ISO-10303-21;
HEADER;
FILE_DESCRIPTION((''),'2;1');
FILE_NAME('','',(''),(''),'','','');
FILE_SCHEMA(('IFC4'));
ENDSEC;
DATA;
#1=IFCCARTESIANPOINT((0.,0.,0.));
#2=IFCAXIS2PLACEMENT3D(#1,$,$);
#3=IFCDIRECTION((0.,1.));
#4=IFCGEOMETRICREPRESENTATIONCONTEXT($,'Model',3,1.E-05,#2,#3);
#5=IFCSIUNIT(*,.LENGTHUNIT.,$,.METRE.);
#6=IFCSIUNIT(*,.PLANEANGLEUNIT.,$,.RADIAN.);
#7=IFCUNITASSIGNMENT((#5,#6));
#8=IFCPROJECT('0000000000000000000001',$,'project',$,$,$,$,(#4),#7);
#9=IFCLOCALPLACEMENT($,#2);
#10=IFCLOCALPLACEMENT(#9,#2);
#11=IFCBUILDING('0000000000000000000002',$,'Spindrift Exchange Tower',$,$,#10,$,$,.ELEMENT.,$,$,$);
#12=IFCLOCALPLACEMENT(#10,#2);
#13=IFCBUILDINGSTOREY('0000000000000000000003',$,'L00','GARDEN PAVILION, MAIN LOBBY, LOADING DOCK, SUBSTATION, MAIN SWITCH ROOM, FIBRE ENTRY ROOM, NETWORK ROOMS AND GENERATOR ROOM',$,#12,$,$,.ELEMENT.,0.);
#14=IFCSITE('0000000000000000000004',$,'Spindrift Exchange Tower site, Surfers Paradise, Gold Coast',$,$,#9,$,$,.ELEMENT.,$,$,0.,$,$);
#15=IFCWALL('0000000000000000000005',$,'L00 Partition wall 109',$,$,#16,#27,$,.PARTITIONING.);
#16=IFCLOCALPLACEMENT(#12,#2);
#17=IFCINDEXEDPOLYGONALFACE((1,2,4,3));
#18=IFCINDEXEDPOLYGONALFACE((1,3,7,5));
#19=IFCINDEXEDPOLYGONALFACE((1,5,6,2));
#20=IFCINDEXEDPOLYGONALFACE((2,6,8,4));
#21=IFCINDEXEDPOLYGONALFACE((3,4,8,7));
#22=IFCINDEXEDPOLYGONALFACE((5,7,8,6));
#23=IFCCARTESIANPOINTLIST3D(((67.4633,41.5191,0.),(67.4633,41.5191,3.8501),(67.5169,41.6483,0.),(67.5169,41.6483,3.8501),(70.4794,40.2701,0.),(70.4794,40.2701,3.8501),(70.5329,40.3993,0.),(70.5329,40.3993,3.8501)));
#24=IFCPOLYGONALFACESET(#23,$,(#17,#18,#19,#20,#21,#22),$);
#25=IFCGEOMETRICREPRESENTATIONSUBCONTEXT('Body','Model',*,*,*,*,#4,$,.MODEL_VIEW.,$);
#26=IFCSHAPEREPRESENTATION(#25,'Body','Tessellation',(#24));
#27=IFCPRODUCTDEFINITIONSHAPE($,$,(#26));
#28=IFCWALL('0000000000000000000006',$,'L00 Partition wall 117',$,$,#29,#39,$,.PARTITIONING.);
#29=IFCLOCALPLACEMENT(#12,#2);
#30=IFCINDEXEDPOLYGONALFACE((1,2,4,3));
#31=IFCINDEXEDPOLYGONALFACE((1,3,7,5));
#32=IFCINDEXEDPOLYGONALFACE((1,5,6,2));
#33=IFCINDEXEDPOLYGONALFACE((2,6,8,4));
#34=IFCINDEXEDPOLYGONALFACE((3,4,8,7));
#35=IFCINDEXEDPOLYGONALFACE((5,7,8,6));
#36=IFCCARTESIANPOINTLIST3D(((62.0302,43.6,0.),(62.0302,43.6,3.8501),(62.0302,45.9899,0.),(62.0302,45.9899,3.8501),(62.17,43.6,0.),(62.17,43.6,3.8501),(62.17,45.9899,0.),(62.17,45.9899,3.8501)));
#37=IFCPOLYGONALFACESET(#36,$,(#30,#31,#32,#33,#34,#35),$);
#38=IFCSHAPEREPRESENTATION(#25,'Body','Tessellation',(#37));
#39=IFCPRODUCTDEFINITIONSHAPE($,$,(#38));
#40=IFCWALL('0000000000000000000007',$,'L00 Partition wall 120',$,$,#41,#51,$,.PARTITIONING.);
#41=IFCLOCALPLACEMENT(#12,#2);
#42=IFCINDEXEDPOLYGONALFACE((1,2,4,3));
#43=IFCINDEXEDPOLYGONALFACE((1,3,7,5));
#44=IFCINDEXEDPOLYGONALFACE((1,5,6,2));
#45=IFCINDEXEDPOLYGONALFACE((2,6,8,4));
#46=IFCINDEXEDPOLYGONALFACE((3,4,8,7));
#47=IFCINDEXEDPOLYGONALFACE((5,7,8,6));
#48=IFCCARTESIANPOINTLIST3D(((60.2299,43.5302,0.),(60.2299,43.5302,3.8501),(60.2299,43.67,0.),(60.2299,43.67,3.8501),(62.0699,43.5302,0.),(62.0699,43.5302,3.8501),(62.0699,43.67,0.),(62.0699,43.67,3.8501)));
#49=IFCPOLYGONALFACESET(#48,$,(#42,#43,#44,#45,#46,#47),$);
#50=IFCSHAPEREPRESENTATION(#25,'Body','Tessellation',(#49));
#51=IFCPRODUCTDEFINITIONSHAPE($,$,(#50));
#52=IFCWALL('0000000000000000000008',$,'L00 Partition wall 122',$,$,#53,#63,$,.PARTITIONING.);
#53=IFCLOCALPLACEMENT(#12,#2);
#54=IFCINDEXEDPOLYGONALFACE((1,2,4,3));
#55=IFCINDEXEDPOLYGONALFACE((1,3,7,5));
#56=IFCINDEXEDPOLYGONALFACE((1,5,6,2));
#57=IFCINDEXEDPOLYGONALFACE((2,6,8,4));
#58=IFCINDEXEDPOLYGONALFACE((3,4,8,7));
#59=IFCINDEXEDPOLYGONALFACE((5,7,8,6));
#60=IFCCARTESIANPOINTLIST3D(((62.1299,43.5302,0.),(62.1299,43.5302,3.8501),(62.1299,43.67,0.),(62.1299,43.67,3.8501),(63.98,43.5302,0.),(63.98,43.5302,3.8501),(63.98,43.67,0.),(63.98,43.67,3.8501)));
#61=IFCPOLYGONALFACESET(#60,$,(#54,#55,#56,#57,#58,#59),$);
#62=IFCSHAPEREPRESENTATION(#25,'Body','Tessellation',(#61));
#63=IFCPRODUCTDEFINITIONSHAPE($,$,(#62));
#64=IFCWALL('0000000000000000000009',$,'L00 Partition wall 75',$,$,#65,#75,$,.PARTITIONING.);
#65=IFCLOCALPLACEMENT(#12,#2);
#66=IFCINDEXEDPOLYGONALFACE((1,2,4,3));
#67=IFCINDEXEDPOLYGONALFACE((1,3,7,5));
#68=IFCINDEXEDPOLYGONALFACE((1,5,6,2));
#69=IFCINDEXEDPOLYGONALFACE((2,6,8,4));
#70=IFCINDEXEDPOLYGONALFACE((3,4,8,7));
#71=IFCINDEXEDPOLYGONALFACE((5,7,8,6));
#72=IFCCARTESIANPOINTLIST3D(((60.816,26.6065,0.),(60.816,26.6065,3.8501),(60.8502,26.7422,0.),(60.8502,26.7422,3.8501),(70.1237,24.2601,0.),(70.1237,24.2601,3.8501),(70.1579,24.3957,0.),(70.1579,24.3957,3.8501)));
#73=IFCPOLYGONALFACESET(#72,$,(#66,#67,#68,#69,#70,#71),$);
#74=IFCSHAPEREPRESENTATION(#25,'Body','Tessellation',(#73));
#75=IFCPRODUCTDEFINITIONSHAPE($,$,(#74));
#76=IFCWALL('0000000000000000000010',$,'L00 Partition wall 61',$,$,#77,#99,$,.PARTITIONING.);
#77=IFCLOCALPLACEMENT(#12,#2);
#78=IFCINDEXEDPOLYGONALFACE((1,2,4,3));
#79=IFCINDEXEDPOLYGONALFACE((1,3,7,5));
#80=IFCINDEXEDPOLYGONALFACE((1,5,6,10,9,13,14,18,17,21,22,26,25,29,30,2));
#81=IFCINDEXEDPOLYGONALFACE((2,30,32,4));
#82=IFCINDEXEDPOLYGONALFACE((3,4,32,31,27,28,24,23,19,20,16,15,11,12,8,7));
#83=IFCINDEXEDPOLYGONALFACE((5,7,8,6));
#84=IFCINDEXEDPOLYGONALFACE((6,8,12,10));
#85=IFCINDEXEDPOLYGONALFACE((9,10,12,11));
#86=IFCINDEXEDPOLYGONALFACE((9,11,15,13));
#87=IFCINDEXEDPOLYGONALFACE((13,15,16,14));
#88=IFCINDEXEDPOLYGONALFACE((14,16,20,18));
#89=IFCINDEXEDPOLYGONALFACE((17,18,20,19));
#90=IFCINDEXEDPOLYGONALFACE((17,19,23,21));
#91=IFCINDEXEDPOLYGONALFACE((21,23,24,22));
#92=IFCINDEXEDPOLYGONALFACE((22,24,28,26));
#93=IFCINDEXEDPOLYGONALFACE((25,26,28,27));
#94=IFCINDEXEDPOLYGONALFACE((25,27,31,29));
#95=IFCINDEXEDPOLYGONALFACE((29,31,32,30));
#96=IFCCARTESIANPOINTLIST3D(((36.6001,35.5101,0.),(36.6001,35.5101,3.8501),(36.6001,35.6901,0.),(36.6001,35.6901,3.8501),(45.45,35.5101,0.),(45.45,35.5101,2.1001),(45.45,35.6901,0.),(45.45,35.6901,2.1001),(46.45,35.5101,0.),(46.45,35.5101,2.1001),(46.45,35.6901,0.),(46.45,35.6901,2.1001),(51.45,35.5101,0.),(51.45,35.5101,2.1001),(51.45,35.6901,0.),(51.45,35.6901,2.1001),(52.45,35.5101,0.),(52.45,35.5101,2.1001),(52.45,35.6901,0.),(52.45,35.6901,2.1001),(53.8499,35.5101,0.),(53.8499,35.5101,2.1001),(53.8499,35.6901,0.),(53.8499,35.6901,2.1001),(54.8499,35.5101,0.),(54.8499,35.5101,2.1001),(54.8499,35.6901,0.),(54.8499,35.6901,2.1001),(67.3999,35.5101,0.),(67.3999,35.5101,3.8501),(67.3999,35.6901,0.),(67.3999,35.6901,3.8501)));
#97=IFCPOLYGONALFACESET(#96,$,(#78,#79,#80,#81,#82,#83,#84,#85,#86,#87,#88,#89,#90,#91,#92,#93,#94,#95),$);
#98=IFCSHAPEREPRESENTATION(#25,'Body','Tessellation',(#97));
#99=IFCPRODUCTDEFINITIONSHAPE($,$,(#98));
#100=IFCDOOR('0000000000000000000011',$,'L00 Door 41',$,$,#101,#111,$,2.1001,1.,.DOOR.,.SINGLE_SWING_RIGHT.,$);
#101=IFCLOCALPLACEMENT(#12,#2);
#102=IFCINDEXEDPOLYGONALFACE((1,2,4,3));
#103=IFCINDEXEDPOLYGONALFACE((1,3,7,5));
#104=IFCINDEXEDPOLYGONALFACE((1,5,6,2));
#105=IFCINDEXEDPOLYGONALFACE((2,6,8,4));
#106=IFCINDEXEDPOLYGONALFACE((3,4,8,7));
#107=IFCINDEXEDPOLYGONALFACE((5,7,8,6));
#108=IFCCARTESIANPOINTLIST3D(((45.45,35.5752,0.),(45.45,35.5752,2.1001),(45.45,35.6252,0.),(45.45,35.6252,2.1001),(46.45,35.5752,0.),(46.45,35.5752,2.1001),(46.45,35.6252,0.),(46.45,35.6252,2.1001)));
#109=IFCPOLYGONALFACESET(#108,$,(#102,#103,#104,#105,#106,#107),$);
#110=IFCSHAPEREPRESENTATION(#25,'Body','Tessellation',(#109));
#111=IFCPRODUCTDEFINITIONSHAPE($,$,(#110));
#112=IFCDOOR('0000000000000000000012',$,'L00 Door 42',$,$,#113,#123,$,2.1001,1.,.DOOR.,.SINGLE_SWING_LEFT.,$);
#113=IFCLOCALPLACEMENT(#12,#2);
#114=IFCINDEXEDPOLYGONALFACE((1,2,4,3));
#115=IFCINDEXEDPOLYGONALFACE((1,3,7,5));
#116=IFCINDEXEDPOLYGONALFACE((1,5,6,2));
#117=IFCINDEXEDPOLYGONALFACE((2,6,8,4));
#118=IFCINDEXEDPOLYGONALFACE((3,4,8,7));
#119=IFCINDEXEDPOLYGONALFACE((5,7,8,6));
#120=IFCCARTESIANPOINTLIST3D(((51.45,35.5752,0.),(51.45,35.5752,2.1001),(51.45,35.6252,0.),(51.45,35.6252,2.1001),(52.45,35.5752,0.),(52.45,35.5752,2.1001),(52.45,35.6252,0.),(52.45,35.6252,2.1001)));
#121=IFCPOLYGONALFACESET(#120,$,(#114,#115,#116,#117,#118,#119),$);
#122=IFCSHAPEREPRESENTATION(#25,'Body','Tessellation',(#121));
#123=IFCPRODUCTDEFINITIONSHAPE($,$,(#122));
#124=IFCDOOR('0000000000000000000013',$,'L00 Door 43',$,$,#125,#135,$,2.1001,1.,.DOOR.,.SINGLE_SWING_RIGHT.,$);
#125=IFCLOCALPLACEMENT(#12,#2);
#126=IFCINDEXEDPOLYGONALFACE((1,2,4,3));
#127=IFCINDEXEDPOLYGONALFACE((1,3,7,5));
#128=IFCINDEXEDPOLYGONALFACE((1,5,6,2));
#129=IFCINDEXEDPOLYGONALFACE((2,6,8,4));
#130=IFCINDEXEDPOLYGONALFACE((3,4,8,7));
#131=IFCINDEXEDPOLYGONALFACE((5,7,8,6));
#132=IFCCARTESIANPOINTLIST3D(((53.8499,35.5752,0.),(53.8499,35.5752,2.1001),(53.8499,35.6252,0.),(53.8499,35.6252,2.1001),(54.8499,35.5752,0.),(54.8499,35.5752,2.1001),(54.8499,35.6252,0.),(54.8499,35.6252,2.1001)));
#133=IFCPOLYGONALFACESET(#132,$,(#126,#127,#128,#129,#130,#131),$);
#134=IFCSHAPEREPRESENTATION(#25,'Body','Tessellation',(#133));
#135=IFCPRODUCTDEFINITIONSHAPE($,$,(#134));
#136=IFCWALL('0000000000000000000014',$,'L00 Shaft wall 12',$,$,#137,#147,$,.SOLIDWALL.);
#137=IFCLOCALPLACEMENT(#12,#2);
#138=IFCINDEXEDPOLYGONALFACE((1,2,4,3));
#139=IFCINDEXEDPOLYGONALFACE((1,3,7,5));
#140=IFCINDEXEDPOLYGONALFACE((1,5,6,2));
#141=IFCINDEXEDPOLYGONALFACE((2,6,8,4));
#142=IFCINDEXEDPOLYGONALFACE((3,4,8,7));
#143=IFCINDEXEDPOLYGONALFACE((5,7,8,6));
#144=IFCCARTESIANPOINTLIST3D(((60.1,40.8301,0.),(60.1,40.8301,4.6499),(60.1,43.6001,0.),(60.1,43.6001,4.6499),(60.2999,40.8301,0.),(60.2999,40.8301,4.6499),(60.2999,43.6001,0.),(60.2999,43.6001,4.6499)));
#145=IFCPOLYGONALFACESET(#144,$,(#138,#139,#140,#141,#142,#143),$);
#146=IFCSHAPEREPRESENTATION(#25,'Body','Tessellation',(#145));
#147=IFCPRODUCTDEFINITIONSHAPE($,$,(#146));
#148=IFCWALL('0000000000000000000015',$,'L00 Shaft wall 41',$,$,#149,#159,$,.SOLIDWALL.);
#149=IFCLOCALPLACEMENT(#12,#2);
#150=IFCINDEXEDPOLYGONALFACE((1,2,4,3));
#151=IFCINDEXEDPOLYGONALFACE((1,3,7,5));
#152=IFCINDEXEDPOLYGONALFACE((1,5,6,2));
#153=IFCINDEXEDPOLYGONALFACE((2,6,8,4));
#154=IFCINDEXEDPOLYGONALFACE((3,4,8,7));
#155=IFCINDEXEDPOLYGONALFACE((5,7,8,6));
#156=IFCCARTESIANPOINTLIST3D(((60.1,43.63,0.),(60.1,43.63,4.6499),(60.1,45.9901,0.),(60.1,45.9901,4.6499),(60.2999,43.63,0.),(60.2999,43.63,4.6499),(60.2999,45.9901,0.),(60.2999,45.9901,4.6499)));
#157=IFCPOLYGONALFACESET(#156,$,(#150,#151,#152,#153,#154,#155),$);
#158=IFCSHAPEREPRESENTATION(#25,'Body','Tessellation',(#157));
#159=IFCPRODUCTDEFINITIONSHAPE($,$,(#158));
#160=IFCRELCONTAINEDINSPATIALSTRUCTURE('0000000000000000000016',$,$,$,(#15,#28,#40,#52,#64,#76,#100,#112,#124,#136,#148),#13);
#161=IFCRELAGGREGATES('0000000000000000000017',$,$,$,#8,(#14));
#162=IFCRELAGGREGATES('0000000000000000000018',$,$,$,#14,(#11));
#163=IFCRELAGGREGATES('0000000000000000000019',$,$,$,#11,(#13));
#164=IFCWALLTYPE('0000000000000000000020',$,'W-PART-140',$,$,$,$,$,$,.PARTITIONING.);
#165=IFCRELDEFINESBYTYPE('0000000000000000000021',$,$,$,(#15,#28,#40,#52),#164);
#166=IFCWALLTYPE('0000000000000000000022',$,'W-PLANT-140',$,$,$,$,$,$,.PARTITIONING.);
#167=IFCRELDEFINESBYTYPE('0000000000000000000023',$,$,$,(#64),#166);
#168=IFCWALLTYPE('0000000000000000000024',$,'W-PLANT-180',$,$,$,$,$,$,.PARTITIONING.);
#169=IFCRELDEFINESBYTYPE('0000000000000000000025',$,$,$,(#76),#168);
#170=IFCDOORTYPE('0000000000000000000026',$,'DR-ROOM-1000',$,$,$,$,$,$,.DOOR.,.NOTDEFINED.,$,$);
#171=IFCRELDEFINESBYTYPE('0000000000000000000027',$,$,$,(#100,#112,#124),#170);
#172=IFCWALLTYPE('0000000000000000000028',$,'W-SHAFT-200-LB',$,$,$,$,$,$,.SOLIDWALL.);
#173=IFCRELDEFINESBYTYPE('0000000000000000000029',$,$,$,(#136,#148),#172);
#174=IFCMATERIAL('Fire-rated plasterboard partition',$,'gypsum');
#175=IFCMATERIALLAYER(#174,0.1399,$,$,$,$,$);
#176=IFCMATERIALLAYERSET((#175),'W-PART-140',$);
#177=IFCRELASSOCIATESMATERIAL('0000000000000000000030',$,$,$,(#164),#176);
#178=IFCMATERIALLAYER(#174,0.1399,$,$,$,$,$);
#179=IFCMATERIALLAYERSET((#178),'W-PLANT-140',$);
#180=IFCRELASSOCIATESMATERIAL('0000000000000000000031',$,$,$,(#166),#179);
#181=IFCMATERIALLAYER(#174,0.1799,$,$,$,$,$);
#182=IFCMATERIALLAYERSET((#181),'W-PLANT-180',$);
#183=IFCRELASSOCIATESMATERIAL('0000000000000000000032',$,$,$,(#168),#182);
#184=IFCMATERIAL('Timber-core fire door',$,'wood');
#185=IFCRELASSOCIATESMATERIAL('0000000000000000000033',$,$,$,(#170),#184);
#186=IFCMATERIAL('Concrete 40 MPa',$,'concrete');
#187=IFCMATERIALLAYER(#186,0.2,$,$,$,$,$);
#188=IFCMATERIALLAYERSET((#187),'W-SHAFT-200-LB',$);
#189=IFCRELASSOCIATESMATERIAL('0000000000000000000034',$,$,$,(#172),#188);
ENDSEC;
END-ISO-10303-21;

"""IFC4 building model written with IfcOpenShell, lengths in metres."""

from ifc_helpers import new_model, si_unit, direction, frame, frame_2d, origin, place, context, subcontext, project, spatial, rectangle, extrude, source, transform, mapped, material, layer, layer_set, type_object, element, fill, save


model = new_model("IFC4")

# Units and contexts
model_context = context("Model", 3, precision=1e-05, world=origin(), true_north=direction((0.0, 1.0)))
body_context = subcontext(model_context, "Body", "Model", "MODEL_VIEW")
ifc_project = project(units=[si_unit("LENGTHUNIT", "METRE"), si_unit("PLANEANGLEUNIT", "RADIAN")], contexts=[model_context])

# Site, building, storey
site_placement = place(None, origin())
site = spatial("IfcSite", under=ifc_project, at=site_placement, Name="Spindrift Exchange Tower site, Surfers Paradise, Gold Coast", CompositionType="ELEMENT", RefElevation=0.0)
building_placement = place(site_placement, origin())
building = spatial("IfcBuilding", under=site, at=building_placement, Name="Spindrift Exchange Tower", CompositionType="ELEMENT")
storey_placement = place(building_placement, origin())
storey = spatial("IfcBuildingStorey", under=building, at=storey_placement, Name="L00", Description="GARDEN PAVILION, MAIN LOBBY, LOADING DOCK, SUBSTATION, MAIN SWITCH ROOM, FIBRE ENTRY ROOM, NETWORK ROOMS AND GENERATOR ROOM", CompositionType="ELEMENT", Elevation=0.0)

# Shared definitions
ifc_material_1 = material(Name="Concrete 40 MPa", Category="concrete")

# Shared definitions
ifc_material_2 = material(Name="Timber-core fire door", Category="wood")
ifc_material_3 = material(Name="Fire-rated plasterboard partition", Category="gypsum")

# Walls
ifc_layer_1 = layer(ifc_material_3, 0.1399)
ifc_layer_set_1 = layer_set([ifc_layer_1], Name="W-PART-140")
wall_type_1 = type_object("IfcWallType", Name="W-PART-140", PredefinedType="PARTITIONING", material=ifc_layer_set_1)
wall_1_placement = place(storey_placement, frame((67.49, 41.5837, 0.0), z_axis=(0.0, 0.0, 1.0), x_axis=(0.923911, -0.382607, 0.0)))
element("IfcWall", 1, at=wall_1_placement, inside=storey, type_object=wall_type_1, Name="L00 Partition wall 109", PredefinedType="PARTITIONING", context=body_context, shape_type="SweptSolid", body=[
    extrude(rectangle(XDim=3.2644, YDim=0.1399, at=frame_2d((1.6323, 0.0))), origin(), (0.0, 0.0, 1.0), 3.8501),
])
wall_2_placement = place(storey_placement, frame((62.1001, 43.6001, 0.0), z_axis=(0.0, 0.0, 1.0), x_axis=(0.0, 1.0, 0.0)))
element("IfcWall", 2, at=wall_2_placement, inside=storey, type_object=wall_type_1, Name="L00 Partition wall 117", PredefinedType="PARTITIONING", context=body_context, shape_type="SweptSolid", body=[
    extrude(rectangle(XDim=2.3899, YDim=0.1399, at=frame_2d((1.1948, 0.0))), origin(), (0.0, 0.0, 1.0), 3.8501),
])
wall_3_placement = place(storey_placement, frame((60.23, 43.6001, 0.0), z_axis=(0.0, 0.0, 1.0), x_axis=(1.0, 0.0, 0.0)))
element("IfcWall", 3, at=wall_3_placement, inside=storey, type_object=wall_type_1, Name="L00 Partition wall 120", PredefinedType="PARTITIONING", context=body_context, shape_type="SweptSolid", body=[
    extrude(rectangle(XDim=1.8401, YDim=0.1399, at=frame_2d((0.9199, 0.0))), origin(), (0.0, 0.0, 1.0), 3.8501),
])
wall_4_placement = place(storey_placement, frame((62.1299, 43.6001, 0.0), z_axis=(0.0, 0.0, 1.0), x_axis=(1.0, 0.0, 0.0)))
element("IfcWall", 4, at=wall_4_placement, inside=storey, type_object=wall_type_1, Name="L00 Partition wall 122", PredefinedType="PARTITIONING", context=body_context, shape_type="SweptSolid", body=[
    extrude(rectangle(XDim=1.8501, YDim=0.1399, at=frame_2d((0.925, 0.0))), origin(), (0.0, 0.0, 1.0), 3.8501),
])
ifc_layer_2 = layer(ifc_material_3, 0.1399)
ifc_layer_set_2 = layer_set([ifc_layer_2], Name="W-PLANT-140")
wall_type_2 = type_object("IfcWallType", Name="W-PLANT-140", PredefinedType="PARTITIONING", material=ifc_layer_set_2)
wall_5_placement = place(storey_placement, frame((60.8333, 26.6743, 0.0), z_axis=(0.0, 0.0, 1.0), x_axis=(0.969662, -0.24445, 0.0)))
element("IfcWall", 5, at=wall_5_placement, inside=storey, type_object=wall_type_2, Name="L00 Partition wall 75", PredefinedType="PARTITIONING", context=body_context, shape_type="SweptSolid", body=[
    extrude(rectangle(XDim=9.5989, YDim=0.1399, at=frame_2d((4.7993, 0.0))), origin(), (0.0, 0.0, 1.0), 3.8501),
])

# Wall, openings, doors
ifc_layer_3 = layer(ifc_material_3, 0.1799)
ifc_layer_set_3 = layer_set([ifc_layer_3], Name="W-PLANT-180")
wall_type_3 = type_object("IfcWallType", Name="W-PLANT-180", PredefinedType="PARTITIONING", material=ifc_layer_set_3)
wall_6_placement = place(storey_placement, frame((67.3999, 35.6001, 0.0), z_axis=(0.0, 0.0, 1.0), x_axis=(-1.0, 0.0, 0.0)))
wall_6 = element("IfcWall", 6, at=wall_6_placement, inside=storey, type_object=wall_type_3, Name="L00 Partition wall 61", PredefinedType="PARTITIONING", context=body_context, shape_type="SweptSolid", body=[
    extrude(rectangle(XDim=30.7998, YDim=0.1799, at=frame_2d((15.3999, 0.0))), origin(), (0.0, 0.0, 1.0), 3.8501),
])
opening_1_placement = place(wall_6_placement, frame((20.95, 0.0, 0.0)))
opening_1 = element("IfcOpeningElement", 7, at=opening_1_placement, cuts=wall_6, PredefinedType="OPENING", context=body_context, shape_type="SweptSolid", body=[
    extrude(rectangle(XDim=1.0, YDim=2.1001, at=frame_2d((0.5, 1.05))), frame((0.0, 0.0999, 0.0), z_axis=(0.0, -1.0, 0.0), x_axis=(1.0, 0.0, 0.0)), (0.0, 0.0, 1.0), 0.2),
])
opening_2_placement = place(wall_6_placement, frame((14.95, 0.0, 0.0)))
opening_2 = element("IfcOpeningElement", 8, at=opening_2_placement, cuts=wall_6, PredefinedType="OPENING", context=body_context, shape_type="SweptSolid", body=[
    extrude(rectangle(XDim=1.0, YDim=2.1001, at=frame_2d((0.5, 1.05))), frame((0.0, 0.0999, 0.0), z_axis=(0.0, -1.0, 0.0), x_axis=(1.0, 0.0, 0.0)), (0.0, 0.0, 1.0), 0.2),
])
opening_3_placement = place(wall_6_placement, frame((12.55, 0.0, 0.0)))
opening_3 = element("IfcOpeningElement", 9, at=opening_3_placement, cuts=wall_6, PredefinedType="OPENING", context=body_context, shape_type="SweptSolid", body=[
    extrude(rectangle(XDim=1.0, YDim=2.1001, at=frame_2d((0.5, 1.05))), frame((0.0, 0.0999, 0.0), z_axis=(0.0, -1.0, 0.0), x_axis=(1.0, 0.0, 0.0)), (0.0, 0.0, 1.0), 0.2),
])
door_type_1 = type_object("IfcDoorType", Name="DR-ROOM-1000", OperationType="NOTDEFINED", PredefinedType="DOOR", material=ifc_material_2)
shared_shape_1 = source(origin(), body_context, "Body", "SweptSolid", [
    extrude(rectangle(XDim=1.0, YDim=2.1001, at=frame_2d((0.5, 1.05))), frame((0.0, 0.0249, 0.0), z_axis=(0.0, -1.0, 0.0), x_axis=(1.0, 0.0, 0.0)), (0.0, 0.0, 1.0), 0.05),
])
door_1_placement = place(opening_1_placement, origin())
door_1 = element("IfcDoor", 10, at=door_1_placement, inside=storey, type_object=door_type_1, Name="L00 Door 41", OperationType="SINGLE_SWING_RIGHT", OverallHeight=2.1001, OverallWidth=1.0, PredefinedType="DOOR", context=body_context, shape_type="MappedRepresentation", body=[
    mapped(shared_shape_1, transform((0.0, 0.0, 0.0), scale=1.0)),
])
fill(opening_1, door_1)
door_2_placement = place(opening_2_placement, origin())
door_2 = element("IfcDoor", 11, at=door_2_placement, inside=storey, type_object=door_type_1, Name="L00 Door 42", OperationType="SINGLE_SWING_LEFT", OverallHeight=2.1001, OverallWidth=1.0, PredefinedType="DOOR", context=body_context, shape_type="MappedRepresentation", body=[
    mapped(shared_shape_1, transform((0.0, 0.0, 0.0), scale=1.0)),
])
fill(opening_2, door_2)
door_3_placement = place(opening_3_placement, origin())
door_3 = element("IfcDoor", 12, at=door_3_placement, inside=storey, type_object=door_type_1, Name="L00 Door 43", OperationType="SINGLE_SWING_RIGHT", OverallHeight=2.1001, OverallWidth=1.0, PredefinedType="DOOR", context=body_context, shape_type="MappedRepresentation", body=[
    mapped(shared_shape_1, transform((0.0, 0.0, 0.0), scale=1.0)),
])
fill(opening_3, door_3)

# Walls
ifc_layer_4 = layer(ifc_material_1, 0.2)
ifc_layer_set_4 = layer_set([ifc_layer_4], Name="W-SHAFT-200-LB")
wall_type_4 = type_object("IfcWallType", Name="W-SHAFT-200-LB", PredefinedType="SOLIDWALL", material=ifc_layer_set_4)
wall_7_placement = place(storey_placement, frame((60.2, 40.8301, 0.0), z_axis=(0.0, 0.0, 1.0), x_axis=(0.0, 1.0, 0.0)))
element("IfcWall", 13, at=wall_7_placement, inside=storey, type_object=wall_type_4, Name="L00 Shaft wall 12", PredefinedType="SOLIDWALL", context=body_context, shape_type="SweptSolid", body=[
    extrude(rectangle(XDim=2.77, YDim=0.2, at=frame_2d((1.385, 0.0))), origin(), (0.0, 0.0, 1.0), 4.6499),
])
wall_8_placement = place(storey_placement, frame((60.2, 43.6299, 0.0), z_axis=(0.0, 0.0, 1.0), x_axis=(0.0, 1.0, 0.0)))
element("IfcWall", 14, at=wall_8_placement, inside=storey, type_object=wall_type_4, Name="L00 Shaft wall 41", PredefinedType="SOLIDWALL", context=body_context, shape_type="SweptSolid", body=[
    extrude(rectangle(XDim=2.3601, YDim=0.2, at=frame_2d((1.1802, 0.0))), origin(), (0.0, 0.0, 1.0), 4.6499),
])

save(model, "model.ifc")
